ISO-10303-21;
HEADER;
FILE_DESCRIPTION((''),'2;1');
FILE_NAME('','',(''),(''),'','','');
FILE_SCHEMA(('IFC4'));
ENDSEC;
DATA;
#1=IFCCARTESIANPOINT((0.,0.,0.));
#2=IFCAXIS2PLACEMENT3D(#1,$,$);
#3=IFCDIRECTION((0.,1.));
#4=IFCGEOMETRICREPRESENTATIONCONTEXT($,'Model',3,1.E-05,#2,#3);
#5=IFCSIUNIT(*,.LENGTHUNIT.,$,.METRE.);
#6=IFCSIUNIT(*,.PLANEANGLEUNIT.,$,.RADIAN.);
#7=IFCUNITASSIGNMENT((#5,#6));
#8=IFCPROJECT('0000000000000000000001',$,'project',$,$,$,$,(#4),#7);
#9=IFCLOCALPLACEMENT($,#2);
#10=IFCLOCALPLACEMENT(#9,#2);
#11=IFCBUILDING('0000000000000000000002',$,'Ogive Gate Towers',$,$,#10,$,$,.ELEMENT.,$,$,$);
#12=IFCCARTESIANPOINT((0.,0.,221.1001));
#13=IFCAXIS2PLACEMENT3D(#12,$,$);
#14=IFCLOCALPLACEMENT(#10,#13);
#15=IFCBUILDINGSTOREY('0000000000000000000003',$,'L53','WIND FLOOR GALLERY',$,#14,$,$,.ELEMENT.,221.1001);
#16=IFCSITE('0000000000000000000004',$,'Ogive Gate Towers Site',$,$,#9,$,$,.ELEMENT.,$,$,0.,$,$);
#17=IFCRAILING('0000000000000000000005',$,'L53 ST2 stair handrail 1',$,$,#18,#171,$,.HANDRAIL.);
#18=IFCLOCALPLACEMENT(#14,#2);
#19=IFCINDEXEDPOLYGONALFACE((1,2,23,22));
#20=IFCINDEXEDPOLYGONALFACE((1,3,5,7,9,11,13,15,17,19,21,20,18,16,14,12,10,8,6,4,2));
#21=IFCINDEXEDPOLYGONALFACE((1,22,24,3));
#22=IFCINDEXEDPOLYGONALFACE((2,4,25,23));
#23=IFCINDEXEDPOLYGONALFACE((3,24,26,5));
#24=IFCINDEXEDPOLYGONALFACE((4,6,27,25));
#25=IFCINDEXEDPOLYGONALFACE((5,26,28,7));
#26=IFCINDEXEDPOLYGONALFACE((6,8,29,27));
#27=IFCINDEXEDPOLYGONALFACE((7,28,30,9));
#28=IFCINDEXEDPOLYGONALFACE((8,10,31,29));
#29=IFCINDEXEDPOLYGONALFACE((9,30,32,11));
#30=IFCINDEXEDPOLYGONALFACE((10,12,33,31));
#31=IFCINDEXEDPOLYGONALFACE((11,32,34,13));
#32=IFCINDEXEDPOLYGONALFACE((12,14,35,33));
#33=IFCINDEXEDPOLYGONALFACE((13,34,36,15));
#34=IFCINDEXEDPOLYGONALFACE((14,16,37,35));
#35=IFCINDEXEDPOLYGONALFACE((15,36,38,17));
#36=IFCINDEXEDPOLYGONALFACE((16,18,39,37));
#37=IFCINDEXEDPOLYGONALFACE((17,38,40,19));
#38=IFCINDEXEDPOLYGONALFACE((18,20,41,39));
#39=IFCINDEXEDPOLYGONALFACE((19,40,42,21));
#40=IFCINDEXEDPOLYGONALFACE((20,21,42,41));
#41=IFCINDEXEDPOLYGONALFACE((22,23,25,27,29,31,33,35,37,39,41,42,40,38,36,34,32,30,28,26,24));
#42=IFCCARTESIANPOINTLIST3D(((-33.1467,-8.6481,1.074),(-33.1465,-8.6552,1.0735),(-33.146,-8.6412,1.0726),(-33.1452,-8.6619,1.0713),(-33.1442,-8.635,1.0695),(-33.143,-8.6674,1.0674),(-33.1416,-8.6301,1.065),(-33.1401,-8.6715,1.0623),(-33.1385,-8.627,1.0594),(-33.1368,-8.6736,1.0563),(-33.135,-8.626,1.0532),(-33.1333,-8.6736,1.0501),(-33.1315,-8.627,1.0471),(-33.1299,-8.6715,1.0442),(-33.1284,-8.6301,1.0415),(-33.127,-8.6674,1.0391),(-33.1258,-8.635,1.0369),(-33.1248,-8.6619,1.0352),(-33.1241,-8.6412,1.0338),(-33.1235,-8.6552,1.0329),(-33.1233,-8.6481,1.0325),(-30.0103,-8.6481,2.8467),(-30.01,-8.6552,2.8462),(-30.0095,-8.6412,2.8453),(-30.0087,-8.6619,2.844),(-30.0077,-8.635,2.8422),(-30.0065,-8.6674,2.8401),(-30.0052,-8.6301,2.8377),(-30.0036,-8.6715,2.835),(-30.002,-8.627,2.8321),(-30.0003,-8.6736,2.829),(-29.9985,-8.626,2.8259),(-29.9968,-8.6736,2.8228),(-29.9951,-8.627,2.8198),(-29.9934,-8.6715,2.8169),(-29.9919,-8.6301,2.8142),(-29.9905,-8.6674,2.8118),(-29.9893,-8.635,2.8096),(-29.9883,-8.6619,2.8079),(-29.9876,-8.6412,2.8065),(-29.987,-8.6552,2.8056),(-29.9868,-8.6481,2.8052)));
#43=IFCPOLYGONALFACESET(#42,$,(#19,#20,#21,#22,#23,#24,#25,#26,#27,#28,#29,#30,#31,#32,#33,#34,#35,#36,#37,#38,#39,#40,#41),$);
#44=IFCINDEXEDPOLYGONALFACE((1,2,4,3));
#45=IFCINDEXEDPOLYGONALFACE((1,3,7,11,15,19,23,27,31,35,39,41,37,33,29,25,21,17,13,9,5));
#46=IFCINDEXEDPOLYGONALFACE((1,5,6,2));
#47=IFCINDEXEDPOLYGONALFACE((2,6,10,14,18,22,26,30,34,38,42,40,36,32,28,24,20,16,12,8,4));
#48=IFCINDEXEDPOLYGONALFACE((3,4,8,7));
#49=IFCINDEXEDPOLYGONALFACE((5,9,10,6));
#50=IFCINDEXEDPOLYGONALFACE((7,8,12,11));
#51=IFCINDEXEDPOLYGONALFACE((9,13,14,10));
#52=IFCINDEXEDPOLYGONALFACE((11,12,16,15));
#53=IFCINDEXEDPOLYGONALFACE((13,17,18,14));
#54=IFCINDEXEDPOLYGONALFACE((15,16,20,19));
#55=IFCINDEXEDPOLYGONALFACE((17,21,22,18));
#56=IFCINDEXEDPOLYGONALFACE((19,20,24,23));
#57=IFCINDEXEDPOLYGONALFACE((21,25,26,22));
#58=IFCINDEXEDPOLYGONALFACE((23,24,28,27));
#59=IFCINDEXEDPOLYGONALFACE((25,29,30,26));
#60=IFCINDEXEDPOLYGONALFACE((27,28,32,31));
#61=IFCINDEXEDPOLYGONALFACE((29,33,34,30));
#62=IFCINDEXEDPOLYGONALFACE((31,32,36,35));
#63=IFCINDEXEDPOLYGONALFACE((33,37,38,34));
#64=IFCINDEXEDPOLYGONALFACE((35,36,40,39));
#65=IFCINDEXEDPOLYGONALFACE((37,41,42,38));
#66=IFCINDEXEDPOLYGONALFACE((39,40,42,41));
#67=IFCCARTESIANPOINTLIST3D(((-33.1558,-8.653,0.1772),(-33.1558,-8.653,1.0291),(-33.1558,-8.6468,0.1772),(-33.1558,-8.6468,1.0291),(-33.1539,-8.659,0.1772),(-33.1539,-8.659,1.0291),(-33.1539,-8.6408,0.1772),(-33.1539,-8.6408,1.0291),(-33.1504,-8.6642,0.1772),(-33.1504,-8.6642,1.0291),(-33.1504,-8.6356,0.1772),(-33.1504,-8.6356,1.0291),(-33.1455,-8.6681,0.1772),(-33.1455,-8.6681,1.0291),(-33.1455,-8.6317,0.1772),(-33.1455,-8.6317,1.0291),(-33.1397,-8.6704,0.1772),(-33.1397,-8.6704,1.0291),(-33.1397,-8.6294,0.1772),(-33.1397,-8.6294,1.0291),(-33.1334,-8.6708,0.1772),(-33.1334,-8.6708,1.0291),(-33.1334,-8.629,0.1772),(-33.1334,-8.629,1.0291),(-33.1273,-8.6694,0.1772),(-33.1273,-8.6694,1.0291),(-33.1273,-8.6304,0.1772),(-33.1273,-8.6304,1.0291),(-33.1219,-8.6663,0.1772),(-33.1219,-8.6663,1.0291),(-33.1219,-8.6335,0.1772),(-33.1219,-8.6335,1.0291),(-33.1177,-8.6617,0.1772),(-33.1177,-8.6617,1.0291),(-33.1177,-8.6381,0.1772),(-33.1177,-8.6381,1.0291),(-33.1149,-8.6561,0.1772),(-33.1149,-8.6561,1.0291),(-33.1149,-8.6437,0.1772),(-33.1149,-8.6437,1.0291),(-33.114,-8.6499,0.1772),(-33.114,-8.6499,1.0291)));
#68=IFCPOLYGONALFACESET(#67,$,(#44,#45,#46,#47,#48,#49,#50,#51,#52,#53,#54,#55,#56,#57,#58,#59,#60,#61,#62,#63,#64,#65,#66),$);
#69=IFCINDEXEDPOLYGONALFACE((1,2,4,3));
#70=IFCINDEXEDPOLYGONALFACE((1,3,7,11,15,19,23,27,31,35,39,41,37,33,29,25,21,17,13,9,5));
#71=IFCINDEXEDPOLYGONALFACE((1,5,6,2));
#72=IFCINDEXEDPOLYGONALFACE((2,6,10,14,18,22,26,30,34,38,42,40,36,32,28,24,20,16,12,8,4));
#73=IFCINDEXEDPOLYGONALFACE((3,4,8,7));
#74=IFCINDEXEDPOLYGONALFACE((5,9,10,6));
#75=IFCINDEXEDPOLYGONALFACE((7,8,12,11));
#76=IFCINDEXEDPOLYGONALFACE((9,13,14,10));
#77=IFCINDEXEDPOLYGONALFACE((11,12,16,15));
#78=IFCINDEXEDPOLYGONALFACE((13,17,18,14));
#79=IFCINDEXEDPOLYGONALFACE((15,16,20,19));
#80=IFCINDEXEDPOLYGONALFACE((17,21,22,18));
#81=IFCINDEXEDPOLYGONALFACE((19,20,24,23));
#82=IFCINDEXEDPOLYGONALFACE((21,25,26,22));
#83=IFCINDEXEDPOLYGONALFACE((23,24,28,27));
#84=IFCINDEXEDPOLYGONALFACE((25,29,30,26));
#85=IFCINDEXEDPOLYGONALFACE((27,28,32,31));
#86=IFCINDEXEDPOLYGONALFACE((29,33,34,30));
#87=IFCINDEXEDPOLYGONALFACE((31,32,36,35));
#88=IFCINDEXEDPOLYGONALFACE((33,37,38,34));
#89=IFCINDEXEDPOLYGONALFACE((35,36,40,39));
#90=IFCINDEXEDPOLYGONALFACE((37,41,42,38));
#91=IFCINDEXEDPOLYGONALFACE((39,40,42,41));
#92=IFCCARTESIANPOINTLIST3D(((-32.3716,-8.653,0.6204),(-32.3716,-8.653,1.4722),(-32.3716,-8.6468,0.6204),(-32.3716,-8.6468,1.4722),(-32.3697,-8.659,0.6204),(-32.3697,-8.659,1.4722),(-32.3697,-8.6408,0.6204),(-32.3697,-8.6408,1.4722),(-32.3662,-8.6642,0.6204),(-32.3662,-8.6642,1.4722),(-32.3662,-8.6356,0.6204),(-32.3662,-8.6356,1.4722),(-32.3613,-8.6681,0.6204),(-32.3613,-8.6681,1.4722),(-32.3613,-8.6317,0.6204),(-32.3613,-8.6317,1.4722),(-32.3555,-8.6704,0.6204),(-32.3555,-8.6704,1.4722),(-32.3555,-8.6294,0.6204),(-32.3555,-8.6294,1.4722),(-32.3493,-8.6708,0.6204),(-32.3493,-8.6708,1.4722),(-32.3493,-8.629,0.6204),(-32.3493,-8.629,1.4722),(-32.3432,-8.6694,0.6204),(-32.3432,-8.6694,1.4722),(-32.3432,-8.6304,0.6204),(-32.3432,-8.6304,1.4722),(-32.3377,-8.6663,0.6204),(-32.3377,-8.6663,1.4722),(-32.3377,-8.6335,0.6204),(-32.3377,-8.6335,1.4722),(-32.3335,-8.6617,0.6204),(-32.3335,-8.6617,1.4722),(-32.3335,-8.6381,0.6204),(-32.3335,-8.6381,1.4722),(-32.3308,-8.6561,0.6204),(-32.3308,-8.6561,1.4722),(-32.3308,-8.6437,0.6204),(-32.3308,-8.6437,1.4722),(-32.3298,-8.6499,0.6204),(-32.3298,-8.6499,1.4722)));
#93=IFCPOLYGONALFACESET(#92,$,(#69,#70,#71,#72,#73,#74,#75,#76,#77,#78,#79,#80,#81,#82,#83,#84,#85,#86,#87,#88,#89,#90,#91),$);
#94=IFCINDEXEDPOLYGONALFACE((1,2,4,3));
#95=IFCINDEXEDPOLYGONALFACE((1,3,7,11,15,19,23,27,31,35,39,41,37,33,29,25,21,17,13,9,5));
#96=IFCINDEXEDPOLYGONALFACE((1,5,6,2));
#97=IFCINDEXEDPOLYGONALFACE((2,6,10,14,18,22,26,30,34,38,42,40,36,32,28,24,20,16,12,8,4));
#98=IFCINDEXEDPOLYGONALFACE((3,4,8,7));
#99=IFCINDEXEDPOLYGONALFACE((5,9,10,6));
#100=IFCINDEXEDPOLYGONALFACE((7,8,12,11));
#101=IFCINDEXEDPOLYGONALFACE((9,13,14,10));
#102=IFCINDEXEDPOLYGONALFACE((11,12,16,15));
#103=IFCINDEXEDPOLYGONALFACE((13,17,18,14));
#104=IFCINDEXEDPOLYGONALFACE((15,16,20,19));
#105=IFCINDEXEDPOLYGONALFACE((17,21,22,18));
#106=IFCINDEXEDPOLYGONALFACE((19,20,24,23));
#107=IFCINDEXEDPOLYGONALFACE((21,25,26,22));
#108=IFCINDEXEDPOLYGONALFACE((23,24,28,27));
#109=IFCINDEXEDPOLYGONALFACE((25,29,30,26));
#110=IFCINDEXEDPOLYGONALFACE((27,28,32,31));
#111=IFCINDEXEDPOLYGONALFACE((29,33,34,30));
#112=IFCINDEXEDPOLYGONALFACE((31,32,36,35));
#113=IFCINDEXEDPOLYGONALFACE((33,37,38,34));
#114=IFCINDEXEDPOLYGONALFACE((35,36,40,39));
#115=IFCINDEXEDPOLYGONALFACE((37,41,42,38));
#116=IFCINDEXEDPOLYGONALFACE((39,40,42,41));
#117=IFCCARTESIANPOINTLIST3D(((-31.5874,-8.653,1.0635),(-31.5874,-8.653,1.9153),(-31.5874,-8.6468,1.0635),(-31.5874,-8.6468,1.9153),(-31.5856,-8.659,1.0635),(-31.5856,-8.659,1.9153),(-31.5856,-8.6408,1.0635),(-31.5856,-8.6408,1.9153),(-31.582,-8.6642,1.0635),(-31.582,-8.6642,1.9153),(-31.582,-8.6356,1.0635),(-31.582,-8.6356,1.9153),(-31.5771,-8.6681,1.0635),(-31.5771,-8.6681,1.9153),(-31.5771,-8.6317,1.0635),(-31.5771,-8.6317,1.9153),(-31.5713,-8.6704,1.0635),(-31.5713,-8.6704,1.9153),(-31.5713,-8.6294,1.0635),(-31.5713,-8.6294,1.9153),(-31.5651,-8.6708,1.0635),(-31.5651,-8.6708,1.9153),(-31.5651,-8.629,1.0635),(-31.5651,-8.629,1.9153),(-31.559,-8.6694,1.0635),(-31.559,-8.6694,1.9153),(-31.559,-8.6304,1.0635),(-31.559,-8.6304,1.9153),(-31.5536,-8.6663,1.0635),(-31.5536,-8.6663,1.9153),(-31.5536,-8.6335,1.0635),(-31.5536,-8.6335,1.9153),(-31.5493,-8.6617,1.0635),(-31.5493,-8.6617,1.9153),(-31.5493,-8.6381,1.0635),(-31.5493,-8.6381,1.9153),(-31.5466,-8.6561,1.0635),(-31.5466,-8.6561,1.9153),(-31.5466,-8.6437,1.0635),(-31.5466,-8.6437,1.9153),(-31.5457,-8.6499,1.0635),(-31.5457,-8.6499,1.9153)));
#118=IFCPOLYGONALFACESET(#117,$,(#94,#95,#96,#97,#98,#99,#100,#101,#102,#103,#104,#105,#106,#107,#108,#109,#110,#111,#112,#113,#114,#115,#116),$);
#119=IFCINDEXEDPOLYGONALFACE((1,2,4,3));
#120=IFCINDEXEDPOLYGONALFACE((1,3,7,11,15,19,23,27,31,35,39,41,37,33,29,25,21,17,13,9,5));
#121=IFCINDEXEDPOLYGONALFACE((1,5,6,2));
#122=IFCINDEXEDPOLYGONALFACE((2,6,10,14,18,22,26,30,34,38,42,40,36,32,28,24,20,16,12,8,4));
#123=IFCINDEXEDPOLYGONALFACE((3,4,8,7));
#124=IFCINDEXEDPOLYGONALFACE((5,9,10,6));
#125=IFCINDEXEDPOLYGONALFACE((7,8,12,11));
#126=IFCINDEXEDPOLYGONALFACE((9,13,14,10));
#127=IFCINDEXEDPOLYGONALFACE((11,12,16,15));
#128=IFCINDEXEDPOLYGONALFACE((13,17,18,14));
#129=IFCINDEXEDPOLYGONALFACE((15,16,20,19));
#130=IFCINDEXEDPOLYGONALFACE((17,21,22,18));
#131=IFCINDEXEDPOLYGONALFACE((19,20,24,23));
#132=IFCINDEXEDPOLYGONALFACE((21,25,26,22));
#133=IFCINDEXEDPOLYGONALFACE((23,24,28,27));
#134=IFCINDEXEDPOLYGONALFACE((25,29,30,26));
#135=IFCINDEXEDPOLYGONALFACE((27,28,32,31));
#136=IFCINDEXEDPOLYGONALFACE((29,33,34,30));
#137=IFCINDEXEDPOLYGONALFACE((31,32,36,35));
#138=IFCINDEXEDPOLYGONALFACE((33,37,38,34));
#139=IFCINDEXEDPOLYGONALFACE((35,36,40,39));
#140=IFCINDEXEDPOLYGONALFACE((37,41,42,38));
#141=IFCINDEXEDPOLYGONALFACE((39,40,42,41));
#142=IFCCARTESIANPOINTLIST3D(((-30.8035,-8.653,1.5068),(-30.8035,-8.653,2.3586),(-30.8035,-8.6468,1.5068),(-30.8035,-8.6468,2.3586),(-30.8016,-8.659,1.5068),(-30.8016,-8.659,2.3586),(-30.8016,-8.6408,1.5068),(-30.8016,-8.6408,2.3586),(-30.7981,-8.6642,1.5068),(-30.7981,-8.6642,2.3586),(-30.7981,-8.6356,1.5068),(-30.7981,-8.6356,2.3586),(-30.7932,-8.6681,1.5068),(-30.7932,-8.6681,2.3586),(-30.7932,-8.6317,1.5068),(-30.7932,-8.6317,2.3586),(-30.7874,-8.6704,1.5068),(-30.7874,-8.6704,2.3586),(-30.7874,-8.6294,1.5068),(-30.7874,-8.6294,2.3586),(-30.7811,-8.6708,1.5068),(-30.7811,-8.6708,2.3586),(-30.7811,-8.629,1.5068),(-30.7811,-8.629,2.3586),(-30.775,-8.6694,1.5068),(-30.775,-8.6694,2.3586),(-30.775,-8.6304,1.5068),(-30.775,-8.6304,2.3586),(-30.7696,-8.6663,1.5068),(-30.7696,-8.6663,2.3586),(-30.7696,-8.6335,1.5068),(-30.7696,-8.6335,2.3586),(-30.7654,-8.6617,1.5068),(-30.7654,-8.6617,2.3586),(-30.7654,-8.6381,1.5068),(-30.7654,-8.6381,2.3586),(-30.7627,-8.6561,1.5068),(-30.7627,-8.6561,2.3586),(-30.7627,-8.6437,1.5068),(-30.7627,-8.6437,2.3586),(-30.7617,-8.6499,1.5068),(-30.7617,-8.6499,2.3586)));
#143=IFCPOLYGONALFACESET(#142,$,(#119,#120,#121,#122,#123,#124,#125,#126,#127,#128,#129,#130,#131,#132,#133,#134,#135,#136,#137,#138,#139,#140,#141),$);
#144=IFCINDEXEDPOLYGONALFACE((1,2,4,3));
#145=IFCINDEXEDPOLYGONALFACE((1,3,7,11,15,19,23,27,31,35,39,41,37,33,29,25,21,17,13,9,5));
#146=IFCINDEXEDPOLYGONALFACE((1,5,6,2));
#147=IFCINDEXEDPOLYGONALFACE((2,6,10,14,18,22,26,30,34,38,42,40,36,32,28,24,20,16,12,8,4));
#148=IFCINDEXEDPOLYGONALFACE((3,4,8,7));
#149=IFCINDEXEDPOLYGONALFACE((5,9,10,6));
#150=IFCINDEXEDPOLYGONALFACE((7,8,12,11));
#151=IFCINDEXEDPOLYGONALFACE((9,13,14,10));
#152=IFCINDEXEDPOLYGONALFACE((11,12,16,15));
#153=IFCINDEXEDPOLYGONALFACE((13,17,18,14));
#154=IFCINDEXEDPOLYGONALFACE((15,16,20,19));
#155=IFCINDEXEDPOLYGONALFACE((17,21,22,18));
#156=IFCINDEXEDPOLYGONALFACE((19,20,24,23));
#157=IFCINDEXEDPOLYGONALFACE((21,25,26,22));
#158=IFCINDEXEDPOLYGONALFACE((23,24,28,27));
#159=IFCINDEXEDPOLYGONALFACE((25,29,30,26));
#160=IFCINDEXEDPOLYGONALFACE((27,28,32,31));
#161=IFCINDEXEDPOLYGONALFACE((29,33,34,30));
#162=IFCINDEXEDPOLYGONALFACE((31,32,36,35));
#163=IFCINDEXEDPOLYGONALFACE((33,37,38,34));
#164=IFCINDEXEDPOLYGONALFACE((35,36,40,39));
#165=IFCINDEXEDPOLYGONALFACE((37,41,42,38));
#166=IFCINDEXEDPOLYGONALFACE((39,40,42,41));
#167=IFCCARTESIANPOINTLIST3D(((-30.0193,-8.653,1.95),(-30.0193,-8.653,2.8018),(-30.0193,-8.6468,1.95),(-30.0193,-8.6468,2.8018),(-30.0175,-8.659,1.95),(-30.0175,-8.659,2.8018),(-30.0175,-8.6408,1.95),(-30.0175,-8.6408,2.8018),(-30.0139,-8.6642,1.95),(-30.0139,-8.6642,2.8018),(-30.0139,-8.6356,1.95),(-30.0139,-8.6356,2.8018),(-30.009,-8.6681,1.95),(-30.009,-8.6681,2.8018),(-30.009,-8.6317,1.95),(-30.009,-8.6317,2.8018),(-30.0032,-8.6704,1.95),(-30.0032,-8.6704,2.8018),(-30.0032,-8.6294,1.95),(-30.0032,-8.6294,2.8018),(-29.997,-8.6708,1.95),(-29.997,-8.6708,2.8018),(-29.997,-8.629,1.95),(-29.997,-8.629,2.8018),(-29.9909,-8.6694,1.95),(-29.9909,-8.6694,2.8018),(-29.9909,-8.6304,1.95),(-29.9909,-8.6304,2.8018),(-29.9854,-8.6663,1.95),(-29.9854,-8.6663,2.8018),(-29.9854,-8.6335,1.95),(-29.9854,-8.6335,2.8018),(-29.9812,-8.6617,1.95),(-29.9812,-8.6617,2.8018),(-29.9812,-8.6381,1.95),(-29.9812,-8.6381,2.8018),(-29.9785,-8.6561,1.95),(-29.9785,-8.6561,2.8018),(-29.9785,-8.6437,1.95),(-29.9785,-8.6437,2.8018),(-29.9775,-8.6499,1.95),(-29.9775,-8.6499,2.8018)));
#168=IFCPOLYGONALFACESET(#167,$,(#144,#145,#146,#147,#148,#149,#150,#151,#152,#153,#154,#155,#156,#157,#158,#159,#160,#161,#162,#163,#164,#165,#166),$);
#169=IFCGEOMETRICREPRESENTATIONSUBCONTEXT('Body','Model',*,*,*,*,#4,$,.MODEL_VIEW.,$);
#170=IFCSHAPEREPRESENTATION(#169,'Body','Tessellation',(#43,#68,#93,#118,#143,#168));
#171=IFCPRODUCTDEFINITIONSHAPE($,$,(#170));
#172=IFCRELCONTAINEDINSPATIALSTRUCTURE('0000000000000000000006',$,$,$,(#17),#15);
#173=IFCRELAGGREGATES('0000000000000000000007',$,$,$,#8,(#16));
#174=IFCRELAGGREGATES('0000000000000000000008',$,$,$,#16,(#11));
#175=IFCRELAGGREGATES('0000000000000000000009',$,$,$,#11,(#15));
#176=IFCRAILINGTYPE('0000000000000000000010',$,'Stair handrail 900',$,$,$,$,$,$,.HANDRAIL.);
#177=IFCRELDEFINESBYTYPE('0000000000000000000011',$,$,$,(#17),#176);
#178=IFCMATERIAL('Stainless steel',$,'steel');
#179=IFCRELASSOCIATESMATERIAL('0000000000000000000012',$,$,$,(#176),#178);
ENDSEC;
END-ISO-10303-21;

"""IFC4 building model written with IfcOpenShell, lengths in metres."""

from ifc_helpers import new_model, si_unit, direction, frame, origin, origin_2d, place, context, subcontext, project, spatial, circle, extrude, material, type_object, element, save


model = new_model("IFC4")

# Units and contexts
model_context = context("Model", 3, precision=1e-05, world=origin(), true_north=direction((0.0, 1.0)))
body_context = subcontext(model_context, "Body", "Model", "MODEL_VIEW")
ifc_project = project(units=[si_unit("LENGTHUNIT", "METRE"), si_unit("PLANEANGLEUNIT", "RADIAN")], contexts=[model_context])

# Site, building, storey
site_placement = place(None, origin())
site = spatial("IfcSite", under=ifc_project, at=site_placement, Name="Ogive Gate Towers Site", CompositionType="ELEMENT", RefElevation=0.0)
building_placement = place(site_placement, origin())
building = spatial("IfcBuilding", under=site, at=building_placement, Name="Ogive Gate Towers", CompositionType="ELEMENT")
storey_placement = place(building_placement, frame((0.0, 0.0, 221.1001)))
storey = spatial("IfcBuildingStorey", under=building, at=storey_placement, Name="L53", Description="WIND FLOOR GALLERY", CompositionType="ELEMENT", Elevation=221.1001)

# Railing
ifc_material_1 = material(Name="Stainless steel", Category="steel")
railing_type_1 = type_object("IfcRailingType", Name="Stair handrail 900", PredefinedType="HANDRAIL", material=ifc_material_1)
railing_1_placement = place(storey_placement, frame((-33.135, -8.6499, 0.1772)))
element("IfcRailing", 1, at=railing_1_placement, inside=storey, type_object=railing_type_1, Name="L53 ST2 stair handrail 1", PredefinedType="HANDRAIL", context=body_context, shape_type="SweptSolid", body=[
    extrude(circle(Radius=0.0239, at=origin_2d()), frame((0.0, 0.0, 0.876), z_axis=(0.870573, 0.0, 0.492039), x_axis=(0.0, 1.0, 0.0)), (0.0, 0.0, 1.0), 3.6028),
    extrude(circle(Radius=0.021, at=origin_2d()), origin(), (0.0, 0.0, 1.0), 0.8518),
    extrude(circle(Radius=0.021, at=origin_2d()), frame((0.7842, 0.0, 0.4431)), (0.0, 0.0, 1.0), 0.8518),
    extrude(circle(Radius=0.021, at=origin_2d()), frame((1.5684, 0.0, 0.8862)), (0.0, 0.0, 1.0), 0.8518),
    extrude(circle(Radius=0.021, at=origin_2d()), frame((2.3523, 0.0, 1.3296)), (0.0, 0.0, 1.0), 0.8518),
    extrude(circle(Radius=0.021, at=origin_2d()), frame((3.1365, 0.0, 1.7727)), (0.0, 0.0, 1.0), 0.8518),
])

save(model, "model.ifc")
